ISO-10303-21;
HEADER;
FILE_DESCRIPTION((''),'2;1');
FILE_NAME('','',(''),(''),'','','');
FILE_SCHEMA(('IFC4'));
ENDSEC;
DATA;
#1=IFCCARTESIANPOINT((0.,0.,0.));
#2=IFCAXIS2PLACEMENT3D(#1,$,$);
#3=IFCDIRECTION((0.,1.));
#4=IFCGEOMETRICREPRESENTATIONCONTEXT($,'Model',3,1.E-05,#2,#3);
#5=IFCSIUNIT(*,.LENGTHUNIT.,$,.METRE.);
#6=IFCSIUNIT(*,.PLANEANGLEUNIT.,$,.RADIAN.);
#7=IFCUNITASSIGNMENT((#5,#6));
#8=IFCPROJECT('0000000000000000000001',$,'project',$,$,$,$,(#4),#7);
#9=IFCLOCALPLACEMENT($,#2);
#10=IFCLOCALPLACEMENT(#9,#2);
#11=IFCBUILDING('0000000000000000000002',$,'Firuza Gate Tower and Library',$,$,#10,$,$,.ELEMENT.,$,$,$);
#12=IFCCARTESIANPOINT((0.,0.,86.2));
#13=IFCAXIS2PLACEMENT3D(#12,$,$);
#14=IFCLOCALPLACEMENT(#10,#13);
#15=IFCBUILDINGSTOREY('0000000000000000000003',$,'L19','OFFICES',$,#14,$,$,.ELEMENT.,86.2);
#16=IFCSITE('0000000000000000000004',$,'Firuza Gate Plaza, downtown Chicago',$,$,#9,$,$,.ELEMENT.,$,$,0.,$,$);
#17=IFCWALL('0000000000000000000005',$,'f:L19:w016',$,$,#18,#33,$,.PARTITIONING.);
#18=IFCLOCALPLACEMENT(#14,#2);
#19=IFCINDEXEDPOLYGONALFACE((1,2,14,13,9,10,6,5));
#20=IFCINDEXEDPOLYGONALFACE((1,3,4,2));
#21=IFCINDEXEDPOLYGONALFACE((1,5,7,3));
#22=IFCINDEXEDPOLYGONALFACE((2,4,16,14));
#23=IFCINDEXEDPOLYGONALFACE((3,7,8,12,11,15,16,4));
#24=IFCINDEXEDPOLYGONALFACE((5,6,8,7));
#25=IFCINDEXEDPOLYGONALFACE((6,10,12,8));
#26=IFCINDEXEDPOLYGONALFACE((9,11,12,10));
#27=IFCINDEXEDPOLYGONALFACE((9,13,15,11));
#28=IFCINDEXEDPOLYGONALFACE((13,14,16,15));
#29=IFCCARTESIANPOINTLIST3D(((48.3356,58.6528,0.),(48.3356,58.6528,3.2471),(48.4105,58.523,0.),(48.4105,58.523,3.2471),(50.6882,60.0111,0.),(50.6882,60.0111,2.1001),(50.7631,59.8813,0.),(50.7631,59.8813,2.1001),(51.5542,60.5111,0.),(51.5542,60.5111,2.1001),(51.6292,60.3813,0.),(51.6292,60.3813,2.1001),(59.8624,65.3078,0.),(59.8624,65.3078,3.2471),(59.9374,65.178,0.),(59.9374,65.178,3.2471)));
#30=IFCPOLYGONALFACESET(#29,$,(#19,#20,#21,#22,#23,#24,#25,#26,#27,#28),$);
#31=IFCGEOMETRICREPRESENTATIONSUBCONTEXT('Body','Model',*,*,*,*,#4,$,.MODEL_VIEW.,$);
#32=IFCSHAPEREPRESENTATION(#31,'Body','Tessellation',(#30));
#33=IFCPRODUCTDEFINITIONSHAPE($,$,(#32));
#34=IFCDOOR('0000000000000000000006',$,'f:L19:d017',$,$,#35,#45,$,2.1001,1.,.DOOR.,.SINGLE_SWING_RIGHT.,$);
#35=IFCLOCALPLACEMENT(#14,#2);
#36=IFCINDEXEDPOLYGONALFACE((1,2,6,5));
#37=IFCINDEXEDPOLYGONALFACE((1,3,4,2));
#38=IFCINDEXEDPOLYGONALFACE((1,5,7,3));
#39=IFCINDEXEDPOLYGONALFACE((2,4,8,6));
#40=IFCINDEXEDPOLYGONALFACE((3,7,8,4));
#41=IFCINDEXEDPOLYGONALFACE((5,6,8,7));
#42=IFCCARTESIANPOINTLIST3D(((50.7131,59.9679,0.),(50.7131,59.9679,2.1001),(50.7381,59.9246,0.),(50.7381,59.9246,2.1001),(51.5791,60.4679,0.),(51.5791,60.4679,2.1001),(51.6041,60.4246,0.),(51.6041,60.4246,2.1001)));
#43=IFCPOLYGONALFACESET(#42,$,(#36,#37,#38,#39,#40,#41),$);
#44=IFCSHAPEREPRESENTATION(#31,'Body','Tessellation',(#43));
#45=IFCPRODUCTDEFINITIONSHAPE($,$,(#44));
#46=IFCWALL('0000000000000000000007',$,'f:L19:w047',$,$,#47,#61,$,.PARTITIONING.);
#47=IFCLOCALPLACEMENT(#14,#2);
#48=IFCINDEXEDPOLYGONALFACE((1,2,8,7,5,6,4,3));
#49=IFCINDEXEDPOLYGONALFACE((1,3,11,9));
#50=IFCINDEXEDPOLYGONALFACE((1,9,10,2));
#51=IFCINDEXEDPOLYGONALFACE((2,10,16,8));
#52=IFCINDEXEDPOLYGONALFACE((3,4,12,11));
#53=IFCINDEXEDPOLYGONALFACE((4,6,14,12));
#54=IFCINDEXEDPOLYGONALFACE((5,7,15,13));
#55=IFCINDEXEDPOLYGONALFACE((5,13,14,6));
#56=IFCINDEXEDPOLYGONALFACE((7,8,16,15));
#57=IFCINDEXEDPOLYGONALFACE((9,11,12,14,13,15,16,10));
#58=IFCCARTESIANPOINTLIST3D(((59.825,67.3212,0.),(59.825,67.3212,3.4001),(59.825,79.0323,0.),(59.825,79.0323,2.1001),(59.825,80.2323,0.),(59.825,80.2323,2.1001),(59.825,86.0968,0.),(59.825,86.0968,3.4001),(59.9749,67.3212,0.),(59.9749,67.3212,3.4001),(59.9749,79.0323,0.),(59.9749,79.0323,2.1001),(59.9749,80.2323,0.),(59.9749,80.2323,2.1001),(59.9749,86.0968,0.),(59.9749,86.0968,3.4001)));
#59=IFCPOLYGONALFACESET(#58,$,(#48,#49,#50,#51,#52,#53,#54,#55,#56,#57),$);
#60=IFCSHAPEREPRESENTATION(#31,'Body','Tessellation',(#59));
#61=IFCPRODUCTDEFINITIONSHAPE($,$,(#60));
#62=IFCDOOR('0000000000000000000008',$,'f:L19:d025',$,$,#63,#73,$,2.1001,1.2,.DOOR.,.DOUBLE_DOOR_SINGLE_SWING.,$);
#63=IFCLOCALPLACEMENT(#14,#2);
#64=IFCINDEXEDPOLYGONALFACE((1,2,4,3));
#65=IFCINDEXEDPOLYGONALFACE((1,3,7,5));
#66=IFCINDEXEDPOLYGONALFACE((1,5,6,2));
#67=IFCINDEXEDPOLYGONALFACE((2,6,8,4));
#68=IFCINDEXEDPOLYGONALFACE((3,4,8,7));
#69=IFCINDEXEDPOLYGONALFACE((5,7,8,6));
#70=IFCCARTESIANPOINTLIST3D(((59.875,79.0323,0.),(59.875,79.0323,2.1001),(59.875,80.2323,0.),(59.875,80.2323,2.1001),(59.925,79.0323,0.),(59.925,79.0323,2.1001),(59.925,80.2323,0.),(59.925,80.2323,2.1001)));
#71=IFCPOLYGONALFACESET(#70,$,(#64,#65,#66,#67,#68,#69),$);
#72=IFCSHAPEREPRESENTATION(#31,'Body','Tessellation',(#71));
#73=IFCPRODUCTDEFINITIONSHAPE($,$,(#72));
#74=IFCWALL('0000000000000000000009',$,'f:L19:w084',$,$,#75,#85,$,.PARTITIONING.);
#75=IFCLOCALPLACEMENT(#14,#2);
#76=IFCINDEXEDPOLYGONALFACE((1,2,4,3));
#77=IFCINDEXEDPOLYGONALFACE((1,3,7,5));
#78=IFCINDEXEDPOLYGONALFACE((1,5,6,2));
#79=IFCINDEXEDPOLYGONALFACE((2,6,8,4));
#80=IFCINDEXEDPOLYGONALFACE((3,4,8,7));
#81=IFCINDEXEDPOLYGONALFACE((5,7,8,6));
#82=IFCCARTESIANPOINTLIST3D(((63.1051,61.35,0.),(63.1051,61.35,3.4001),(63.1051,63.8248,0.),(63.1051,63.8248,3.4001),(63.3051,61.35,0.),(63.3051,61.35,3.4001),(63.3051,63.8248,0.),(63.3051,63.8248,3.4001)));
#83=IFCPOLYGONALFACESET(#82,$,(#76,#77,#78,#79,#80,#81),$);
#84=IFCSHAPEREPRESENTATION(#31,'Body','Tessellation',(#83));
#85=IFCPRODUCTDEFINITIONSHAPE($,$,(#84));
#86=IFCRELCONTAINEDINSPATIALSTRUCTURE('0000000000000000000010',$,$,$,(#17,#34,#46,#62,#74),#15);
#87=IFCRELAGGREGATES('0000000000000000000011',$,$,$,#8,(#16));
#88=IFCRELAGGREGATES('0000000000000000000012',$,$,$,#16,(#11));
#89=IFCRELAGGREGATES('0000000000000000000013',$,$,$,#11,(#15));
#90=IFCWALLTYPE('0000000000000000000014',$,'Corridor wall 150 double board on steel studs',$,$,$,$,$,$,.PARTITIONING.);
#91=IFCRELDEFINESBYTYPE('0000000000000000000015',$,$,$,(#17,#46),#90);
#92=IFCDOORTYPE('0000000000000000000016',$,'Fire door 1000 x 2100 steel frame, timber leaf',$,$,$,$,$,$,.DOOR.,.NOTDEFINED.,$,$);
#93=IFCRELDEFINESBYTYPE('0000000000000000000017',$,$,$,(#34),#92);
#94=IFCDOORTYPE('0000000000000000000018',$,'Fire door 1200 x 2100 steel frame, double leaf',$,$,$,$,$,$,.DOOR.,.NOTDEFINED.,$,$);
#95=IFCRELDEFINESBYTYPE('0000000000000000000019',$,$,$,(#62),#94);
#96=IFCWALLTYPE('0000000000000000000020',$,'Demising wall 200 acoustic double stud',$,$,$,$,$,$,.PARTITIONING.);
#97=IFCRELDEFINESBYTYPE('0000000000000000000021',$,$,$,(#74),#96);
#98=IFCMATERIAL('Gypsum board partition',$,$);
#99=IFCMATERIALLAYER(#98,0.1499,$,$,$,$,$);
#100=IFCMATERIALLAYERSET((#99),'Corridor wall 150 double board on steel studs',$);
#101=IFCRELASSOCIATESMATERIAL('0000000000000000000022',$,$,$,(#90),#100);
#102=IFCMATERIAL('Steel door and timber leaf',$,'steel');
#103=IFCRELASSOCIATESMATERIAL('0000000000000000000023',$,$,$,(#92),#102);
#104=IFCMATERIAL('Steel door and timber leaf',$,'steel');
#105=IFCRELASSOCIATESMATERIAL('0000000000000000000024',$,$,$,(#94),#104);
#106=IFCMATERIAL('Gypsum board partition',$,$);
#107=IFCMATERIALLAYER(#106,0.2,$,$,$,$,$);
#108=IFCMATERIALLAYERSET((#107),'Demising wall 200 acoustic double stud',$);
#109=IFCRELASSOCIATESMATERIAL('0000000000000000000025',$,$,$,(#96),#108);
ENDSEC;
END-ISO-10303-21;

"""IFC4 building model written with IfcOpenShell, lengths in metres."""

from ifc_helpers import new_model, si_unit, direction, frame, frame_2d, origin, place, context, subcontext, project, spatial, rectangle, extrude, material, layer, layer_set, type_object, element, fill, save


model = new_model("IFC4")

# Units and contexts
model_context = context("Model", 3, precision=1e-05, world=origin(), true_north=direction((0.0, 1.0)))
body_context = subcontext(model_context, "Body", "Model", "MODEL_VIEW")
ifc_project = project(units=[si_unit("LENGTHUNIT", "METRE"), si_unit("PLANEANGLEUNIT", "RADIAN")], contexts=[model_context])

# Site, building, storey
site_placement = place(None, origin())
site = spatial("IfcSite", under=ifc_project, at=site_placement, Name="Firuza Gate Plaza, downtown Chicago", CompositionType="ELEMENT", RefElevation=0.0)
building_placement = place(site_placement, origin())
building = spatial("IfcBuilding", under=site, at=building_placement, Name="Firuza Gate Tower and Library", CompositionType="ELEMENT")
storey_placement = place(building_placement, frame((0.0, 0.0, 86.2)))
storey = spatial("IfcBuildingStorey", under=building, at=storey_placement, Name="L19", Description="OFFICES", CompositionType="ELEMENT", Elevation=86.2)

# Walls, openings, doors
ifc_material_1 = material(Name="Gypsum board partition")
ifc_layer_1 = layer(ifc_material_1, 0.1499)
ifc_layer_set_1 = layer_set([ifc_layer_1], Name="Corridor wall 150 double board on steel studs")
wall_type_1 = type_object("IfcWallType", Name="Corridor wall 150 double board on steel studs", PredefinedType="PARTITIONING", material=ifc_layer_set_1)
wall_1_placement = place(storey_placement, frame((59.8999, 65.2429, 0.0), z_axis=(0.0, 0.0, 1.0), x_axis=(-0.866026, -0.5, 0.0)))
wall_1 = element("IfcWall", 1, at=wall_1_placement, inside=storey, type_object=wall_type_1, Name="f:L19:w016", PredefinedType="PARTITIONING", context=body_context, shape_type="SweptSolid", body=[
    extrude(rectangle(XDim=13.3101, YDim=0.1499, at=frame_2d((6.655, 0.0))), origin(), (0.0, 0.0, 1.0), 3.2471),
])
opening_1_placement = place(wall_1_placement, frame((9.5935, 0.0, 0.0)))
opening_1 = element("IfcOpeningElement", 2, at=opening_1_placement, cuts=wall_1, PredefinedType="OPENING", context=body_context, shape_type="SweptSolid", body=[
    extrude(rectangle(XDim=1.0, YDim=2.1001, at=frame_2d((0.5, 1.05))), frame((0.0, 0.085, 0.0), z_axis=(0.0, -1.0, 0.0), x_axis=(1.0, 0.0, 0.0)), (0.0, 0.0, 1.0), 0.1699),
])
ifc_material_2 = material(Name="Steel door and timber leaf", Category="steel")
door_type_1 = type_object("IfcDoorType", Name="Fire door 1000 x 2100 steel frame, timber leaf", OperationType="NOTDEFINED", PredefinedType="DOOR", material=ifc_material_2)
door_1_placement = place(opening_1_placement, origin())
door_1 = element("IfcDoor", 3, at=door_1_placement, inside=storey, type_object=door_type_1, Name="f:L19:d017", OperationType="SINGLE_SWING_RIGHT", OverallHeight=2.1001, OverallWidth=1.0, PredefinedType="DOOR", context=body_context, shape_type="SweptSolid", body=[
    extrude(rectangle(XDim=1.0, YDim=2.1001, at=frame_2d((0.5, 1.05))), frame((0.0, 0.0249, 0.0), z_axis=(0.0, -1.0, 0.0), x_axis=(1.0, 0.0, 0.0)), (0.0, 0.0, 1.0), 0.05),
])
fill(opening_1, door_1)
wall_2_placement = place(storey_placement, frame((59.8999, 67.3213, 0.0), z_axis=(0.0, 0.0, 1.0), x_axis=(0.0, 1.0, 0.0)))
wall_2 = element("IfcWall", 4, at=wall_2_placement, inside=storey, type_object=wall_type_1, Name="f:L19:w047", PredefinedType="PARTITIONING", context=body_context, shape_type="SweptSolid", body=[
    extrude(rectangle(XDim=18.7756, YDim=0.1499, at=frame_2d((9.3877, 0.0))), origin(), (0.0, 0.0, 1.0), 3.4001),
])
opening_2_placement = place(wall_2_placement, frame((11.7109, 0.0, 0.0)))
opening_2 = element("IfcOpeningElement", 5, at=opening_2_placement, cuts=wall_2, PredefinedType="OPENING", context=body_context, shape_type="SweptSolid", body=[
    extrude(rectangle(XDim=1.2, YDim=2.1001, at=frame_2d((0.6001, 1.05))), frame((0.0, 0.085, 0.0), z_axis=(0.0, -1.0, 0.0), x_axis=(1.0, 0.0, 0.0)), (0.0, 0.0, 1.0), 0.1699),
])
ifc_material_3 = material(Name="Steel door and timber leaf", Category="steel")
door_type_2 = type_object("IfcDoorType", Name="Fire door 1200 x 2100 steel frame, double leaf", OperationType="NOTDEFINED", PredefinedType="DOOR", material=ifc_material_3)
door_2_placement = place(opening_2_placement, origin())
door_2 = element("IfcDoor", 6, at=door_2_placement, inside=storey, type_object=door_type_2, Name="f:L19:d025", OperationType="DOUBLE_DOOR_SINGLE_SWING", OverallHeight=2.1001, OverallWidth=1.2, PredefinedType="DOOR", context=body_context, shape_type="SweptSolid", body=[
    extrude(rectangle(XDim=1.2, YDim=2.1001, at=frame_2d((0.6001, 1.05))), frame((0.0, 0.0249, 0.0), z_axis=(0.0, -1.0, 0.0), x_axis=(1.0, 0.0, 0.0)), (0.0, 0.0, 1.0), 0.05),
])
fill(opening_2, door_2)

# Wall
ifc_material_4 = material(Name="Gypsum board partition")
ifc_layer_2 = layer(ifc_material_4, 0.2)
ifc_layer_set_2 = layer_set([ifc_layer_2], Name="Demising wall 200 acoustic double stud")
wall_type_2 = type_object("IfcWallType", Name="Demising wall 200 acoustic double stud", PredefinedType="PARTITIONING", material=ifc_layer_set_2)
wall_3_placement = place(storey_placement, frame((63.2051, 61.3501, 0.0), z_axis=(0.0, 0.0, 1.0), x_axis=(0.0, 1.0, 0.0)))
element("IfcWall", 7, at=wall_3_placement, inside=storey, type_object=wall_type_2, Name="f:L19:w084", PredefinedType="PARTITIONING", context=body_context, shape_type="SweptSolid", body=[
    extrude(rectangle(XDim=2.4749, YDim=0.2, at=frame_2d((1.2373, 0.0))), origin(), (0.0, 0.0, 1.0), 3.4001),
])

save(model, "model.ifc")
